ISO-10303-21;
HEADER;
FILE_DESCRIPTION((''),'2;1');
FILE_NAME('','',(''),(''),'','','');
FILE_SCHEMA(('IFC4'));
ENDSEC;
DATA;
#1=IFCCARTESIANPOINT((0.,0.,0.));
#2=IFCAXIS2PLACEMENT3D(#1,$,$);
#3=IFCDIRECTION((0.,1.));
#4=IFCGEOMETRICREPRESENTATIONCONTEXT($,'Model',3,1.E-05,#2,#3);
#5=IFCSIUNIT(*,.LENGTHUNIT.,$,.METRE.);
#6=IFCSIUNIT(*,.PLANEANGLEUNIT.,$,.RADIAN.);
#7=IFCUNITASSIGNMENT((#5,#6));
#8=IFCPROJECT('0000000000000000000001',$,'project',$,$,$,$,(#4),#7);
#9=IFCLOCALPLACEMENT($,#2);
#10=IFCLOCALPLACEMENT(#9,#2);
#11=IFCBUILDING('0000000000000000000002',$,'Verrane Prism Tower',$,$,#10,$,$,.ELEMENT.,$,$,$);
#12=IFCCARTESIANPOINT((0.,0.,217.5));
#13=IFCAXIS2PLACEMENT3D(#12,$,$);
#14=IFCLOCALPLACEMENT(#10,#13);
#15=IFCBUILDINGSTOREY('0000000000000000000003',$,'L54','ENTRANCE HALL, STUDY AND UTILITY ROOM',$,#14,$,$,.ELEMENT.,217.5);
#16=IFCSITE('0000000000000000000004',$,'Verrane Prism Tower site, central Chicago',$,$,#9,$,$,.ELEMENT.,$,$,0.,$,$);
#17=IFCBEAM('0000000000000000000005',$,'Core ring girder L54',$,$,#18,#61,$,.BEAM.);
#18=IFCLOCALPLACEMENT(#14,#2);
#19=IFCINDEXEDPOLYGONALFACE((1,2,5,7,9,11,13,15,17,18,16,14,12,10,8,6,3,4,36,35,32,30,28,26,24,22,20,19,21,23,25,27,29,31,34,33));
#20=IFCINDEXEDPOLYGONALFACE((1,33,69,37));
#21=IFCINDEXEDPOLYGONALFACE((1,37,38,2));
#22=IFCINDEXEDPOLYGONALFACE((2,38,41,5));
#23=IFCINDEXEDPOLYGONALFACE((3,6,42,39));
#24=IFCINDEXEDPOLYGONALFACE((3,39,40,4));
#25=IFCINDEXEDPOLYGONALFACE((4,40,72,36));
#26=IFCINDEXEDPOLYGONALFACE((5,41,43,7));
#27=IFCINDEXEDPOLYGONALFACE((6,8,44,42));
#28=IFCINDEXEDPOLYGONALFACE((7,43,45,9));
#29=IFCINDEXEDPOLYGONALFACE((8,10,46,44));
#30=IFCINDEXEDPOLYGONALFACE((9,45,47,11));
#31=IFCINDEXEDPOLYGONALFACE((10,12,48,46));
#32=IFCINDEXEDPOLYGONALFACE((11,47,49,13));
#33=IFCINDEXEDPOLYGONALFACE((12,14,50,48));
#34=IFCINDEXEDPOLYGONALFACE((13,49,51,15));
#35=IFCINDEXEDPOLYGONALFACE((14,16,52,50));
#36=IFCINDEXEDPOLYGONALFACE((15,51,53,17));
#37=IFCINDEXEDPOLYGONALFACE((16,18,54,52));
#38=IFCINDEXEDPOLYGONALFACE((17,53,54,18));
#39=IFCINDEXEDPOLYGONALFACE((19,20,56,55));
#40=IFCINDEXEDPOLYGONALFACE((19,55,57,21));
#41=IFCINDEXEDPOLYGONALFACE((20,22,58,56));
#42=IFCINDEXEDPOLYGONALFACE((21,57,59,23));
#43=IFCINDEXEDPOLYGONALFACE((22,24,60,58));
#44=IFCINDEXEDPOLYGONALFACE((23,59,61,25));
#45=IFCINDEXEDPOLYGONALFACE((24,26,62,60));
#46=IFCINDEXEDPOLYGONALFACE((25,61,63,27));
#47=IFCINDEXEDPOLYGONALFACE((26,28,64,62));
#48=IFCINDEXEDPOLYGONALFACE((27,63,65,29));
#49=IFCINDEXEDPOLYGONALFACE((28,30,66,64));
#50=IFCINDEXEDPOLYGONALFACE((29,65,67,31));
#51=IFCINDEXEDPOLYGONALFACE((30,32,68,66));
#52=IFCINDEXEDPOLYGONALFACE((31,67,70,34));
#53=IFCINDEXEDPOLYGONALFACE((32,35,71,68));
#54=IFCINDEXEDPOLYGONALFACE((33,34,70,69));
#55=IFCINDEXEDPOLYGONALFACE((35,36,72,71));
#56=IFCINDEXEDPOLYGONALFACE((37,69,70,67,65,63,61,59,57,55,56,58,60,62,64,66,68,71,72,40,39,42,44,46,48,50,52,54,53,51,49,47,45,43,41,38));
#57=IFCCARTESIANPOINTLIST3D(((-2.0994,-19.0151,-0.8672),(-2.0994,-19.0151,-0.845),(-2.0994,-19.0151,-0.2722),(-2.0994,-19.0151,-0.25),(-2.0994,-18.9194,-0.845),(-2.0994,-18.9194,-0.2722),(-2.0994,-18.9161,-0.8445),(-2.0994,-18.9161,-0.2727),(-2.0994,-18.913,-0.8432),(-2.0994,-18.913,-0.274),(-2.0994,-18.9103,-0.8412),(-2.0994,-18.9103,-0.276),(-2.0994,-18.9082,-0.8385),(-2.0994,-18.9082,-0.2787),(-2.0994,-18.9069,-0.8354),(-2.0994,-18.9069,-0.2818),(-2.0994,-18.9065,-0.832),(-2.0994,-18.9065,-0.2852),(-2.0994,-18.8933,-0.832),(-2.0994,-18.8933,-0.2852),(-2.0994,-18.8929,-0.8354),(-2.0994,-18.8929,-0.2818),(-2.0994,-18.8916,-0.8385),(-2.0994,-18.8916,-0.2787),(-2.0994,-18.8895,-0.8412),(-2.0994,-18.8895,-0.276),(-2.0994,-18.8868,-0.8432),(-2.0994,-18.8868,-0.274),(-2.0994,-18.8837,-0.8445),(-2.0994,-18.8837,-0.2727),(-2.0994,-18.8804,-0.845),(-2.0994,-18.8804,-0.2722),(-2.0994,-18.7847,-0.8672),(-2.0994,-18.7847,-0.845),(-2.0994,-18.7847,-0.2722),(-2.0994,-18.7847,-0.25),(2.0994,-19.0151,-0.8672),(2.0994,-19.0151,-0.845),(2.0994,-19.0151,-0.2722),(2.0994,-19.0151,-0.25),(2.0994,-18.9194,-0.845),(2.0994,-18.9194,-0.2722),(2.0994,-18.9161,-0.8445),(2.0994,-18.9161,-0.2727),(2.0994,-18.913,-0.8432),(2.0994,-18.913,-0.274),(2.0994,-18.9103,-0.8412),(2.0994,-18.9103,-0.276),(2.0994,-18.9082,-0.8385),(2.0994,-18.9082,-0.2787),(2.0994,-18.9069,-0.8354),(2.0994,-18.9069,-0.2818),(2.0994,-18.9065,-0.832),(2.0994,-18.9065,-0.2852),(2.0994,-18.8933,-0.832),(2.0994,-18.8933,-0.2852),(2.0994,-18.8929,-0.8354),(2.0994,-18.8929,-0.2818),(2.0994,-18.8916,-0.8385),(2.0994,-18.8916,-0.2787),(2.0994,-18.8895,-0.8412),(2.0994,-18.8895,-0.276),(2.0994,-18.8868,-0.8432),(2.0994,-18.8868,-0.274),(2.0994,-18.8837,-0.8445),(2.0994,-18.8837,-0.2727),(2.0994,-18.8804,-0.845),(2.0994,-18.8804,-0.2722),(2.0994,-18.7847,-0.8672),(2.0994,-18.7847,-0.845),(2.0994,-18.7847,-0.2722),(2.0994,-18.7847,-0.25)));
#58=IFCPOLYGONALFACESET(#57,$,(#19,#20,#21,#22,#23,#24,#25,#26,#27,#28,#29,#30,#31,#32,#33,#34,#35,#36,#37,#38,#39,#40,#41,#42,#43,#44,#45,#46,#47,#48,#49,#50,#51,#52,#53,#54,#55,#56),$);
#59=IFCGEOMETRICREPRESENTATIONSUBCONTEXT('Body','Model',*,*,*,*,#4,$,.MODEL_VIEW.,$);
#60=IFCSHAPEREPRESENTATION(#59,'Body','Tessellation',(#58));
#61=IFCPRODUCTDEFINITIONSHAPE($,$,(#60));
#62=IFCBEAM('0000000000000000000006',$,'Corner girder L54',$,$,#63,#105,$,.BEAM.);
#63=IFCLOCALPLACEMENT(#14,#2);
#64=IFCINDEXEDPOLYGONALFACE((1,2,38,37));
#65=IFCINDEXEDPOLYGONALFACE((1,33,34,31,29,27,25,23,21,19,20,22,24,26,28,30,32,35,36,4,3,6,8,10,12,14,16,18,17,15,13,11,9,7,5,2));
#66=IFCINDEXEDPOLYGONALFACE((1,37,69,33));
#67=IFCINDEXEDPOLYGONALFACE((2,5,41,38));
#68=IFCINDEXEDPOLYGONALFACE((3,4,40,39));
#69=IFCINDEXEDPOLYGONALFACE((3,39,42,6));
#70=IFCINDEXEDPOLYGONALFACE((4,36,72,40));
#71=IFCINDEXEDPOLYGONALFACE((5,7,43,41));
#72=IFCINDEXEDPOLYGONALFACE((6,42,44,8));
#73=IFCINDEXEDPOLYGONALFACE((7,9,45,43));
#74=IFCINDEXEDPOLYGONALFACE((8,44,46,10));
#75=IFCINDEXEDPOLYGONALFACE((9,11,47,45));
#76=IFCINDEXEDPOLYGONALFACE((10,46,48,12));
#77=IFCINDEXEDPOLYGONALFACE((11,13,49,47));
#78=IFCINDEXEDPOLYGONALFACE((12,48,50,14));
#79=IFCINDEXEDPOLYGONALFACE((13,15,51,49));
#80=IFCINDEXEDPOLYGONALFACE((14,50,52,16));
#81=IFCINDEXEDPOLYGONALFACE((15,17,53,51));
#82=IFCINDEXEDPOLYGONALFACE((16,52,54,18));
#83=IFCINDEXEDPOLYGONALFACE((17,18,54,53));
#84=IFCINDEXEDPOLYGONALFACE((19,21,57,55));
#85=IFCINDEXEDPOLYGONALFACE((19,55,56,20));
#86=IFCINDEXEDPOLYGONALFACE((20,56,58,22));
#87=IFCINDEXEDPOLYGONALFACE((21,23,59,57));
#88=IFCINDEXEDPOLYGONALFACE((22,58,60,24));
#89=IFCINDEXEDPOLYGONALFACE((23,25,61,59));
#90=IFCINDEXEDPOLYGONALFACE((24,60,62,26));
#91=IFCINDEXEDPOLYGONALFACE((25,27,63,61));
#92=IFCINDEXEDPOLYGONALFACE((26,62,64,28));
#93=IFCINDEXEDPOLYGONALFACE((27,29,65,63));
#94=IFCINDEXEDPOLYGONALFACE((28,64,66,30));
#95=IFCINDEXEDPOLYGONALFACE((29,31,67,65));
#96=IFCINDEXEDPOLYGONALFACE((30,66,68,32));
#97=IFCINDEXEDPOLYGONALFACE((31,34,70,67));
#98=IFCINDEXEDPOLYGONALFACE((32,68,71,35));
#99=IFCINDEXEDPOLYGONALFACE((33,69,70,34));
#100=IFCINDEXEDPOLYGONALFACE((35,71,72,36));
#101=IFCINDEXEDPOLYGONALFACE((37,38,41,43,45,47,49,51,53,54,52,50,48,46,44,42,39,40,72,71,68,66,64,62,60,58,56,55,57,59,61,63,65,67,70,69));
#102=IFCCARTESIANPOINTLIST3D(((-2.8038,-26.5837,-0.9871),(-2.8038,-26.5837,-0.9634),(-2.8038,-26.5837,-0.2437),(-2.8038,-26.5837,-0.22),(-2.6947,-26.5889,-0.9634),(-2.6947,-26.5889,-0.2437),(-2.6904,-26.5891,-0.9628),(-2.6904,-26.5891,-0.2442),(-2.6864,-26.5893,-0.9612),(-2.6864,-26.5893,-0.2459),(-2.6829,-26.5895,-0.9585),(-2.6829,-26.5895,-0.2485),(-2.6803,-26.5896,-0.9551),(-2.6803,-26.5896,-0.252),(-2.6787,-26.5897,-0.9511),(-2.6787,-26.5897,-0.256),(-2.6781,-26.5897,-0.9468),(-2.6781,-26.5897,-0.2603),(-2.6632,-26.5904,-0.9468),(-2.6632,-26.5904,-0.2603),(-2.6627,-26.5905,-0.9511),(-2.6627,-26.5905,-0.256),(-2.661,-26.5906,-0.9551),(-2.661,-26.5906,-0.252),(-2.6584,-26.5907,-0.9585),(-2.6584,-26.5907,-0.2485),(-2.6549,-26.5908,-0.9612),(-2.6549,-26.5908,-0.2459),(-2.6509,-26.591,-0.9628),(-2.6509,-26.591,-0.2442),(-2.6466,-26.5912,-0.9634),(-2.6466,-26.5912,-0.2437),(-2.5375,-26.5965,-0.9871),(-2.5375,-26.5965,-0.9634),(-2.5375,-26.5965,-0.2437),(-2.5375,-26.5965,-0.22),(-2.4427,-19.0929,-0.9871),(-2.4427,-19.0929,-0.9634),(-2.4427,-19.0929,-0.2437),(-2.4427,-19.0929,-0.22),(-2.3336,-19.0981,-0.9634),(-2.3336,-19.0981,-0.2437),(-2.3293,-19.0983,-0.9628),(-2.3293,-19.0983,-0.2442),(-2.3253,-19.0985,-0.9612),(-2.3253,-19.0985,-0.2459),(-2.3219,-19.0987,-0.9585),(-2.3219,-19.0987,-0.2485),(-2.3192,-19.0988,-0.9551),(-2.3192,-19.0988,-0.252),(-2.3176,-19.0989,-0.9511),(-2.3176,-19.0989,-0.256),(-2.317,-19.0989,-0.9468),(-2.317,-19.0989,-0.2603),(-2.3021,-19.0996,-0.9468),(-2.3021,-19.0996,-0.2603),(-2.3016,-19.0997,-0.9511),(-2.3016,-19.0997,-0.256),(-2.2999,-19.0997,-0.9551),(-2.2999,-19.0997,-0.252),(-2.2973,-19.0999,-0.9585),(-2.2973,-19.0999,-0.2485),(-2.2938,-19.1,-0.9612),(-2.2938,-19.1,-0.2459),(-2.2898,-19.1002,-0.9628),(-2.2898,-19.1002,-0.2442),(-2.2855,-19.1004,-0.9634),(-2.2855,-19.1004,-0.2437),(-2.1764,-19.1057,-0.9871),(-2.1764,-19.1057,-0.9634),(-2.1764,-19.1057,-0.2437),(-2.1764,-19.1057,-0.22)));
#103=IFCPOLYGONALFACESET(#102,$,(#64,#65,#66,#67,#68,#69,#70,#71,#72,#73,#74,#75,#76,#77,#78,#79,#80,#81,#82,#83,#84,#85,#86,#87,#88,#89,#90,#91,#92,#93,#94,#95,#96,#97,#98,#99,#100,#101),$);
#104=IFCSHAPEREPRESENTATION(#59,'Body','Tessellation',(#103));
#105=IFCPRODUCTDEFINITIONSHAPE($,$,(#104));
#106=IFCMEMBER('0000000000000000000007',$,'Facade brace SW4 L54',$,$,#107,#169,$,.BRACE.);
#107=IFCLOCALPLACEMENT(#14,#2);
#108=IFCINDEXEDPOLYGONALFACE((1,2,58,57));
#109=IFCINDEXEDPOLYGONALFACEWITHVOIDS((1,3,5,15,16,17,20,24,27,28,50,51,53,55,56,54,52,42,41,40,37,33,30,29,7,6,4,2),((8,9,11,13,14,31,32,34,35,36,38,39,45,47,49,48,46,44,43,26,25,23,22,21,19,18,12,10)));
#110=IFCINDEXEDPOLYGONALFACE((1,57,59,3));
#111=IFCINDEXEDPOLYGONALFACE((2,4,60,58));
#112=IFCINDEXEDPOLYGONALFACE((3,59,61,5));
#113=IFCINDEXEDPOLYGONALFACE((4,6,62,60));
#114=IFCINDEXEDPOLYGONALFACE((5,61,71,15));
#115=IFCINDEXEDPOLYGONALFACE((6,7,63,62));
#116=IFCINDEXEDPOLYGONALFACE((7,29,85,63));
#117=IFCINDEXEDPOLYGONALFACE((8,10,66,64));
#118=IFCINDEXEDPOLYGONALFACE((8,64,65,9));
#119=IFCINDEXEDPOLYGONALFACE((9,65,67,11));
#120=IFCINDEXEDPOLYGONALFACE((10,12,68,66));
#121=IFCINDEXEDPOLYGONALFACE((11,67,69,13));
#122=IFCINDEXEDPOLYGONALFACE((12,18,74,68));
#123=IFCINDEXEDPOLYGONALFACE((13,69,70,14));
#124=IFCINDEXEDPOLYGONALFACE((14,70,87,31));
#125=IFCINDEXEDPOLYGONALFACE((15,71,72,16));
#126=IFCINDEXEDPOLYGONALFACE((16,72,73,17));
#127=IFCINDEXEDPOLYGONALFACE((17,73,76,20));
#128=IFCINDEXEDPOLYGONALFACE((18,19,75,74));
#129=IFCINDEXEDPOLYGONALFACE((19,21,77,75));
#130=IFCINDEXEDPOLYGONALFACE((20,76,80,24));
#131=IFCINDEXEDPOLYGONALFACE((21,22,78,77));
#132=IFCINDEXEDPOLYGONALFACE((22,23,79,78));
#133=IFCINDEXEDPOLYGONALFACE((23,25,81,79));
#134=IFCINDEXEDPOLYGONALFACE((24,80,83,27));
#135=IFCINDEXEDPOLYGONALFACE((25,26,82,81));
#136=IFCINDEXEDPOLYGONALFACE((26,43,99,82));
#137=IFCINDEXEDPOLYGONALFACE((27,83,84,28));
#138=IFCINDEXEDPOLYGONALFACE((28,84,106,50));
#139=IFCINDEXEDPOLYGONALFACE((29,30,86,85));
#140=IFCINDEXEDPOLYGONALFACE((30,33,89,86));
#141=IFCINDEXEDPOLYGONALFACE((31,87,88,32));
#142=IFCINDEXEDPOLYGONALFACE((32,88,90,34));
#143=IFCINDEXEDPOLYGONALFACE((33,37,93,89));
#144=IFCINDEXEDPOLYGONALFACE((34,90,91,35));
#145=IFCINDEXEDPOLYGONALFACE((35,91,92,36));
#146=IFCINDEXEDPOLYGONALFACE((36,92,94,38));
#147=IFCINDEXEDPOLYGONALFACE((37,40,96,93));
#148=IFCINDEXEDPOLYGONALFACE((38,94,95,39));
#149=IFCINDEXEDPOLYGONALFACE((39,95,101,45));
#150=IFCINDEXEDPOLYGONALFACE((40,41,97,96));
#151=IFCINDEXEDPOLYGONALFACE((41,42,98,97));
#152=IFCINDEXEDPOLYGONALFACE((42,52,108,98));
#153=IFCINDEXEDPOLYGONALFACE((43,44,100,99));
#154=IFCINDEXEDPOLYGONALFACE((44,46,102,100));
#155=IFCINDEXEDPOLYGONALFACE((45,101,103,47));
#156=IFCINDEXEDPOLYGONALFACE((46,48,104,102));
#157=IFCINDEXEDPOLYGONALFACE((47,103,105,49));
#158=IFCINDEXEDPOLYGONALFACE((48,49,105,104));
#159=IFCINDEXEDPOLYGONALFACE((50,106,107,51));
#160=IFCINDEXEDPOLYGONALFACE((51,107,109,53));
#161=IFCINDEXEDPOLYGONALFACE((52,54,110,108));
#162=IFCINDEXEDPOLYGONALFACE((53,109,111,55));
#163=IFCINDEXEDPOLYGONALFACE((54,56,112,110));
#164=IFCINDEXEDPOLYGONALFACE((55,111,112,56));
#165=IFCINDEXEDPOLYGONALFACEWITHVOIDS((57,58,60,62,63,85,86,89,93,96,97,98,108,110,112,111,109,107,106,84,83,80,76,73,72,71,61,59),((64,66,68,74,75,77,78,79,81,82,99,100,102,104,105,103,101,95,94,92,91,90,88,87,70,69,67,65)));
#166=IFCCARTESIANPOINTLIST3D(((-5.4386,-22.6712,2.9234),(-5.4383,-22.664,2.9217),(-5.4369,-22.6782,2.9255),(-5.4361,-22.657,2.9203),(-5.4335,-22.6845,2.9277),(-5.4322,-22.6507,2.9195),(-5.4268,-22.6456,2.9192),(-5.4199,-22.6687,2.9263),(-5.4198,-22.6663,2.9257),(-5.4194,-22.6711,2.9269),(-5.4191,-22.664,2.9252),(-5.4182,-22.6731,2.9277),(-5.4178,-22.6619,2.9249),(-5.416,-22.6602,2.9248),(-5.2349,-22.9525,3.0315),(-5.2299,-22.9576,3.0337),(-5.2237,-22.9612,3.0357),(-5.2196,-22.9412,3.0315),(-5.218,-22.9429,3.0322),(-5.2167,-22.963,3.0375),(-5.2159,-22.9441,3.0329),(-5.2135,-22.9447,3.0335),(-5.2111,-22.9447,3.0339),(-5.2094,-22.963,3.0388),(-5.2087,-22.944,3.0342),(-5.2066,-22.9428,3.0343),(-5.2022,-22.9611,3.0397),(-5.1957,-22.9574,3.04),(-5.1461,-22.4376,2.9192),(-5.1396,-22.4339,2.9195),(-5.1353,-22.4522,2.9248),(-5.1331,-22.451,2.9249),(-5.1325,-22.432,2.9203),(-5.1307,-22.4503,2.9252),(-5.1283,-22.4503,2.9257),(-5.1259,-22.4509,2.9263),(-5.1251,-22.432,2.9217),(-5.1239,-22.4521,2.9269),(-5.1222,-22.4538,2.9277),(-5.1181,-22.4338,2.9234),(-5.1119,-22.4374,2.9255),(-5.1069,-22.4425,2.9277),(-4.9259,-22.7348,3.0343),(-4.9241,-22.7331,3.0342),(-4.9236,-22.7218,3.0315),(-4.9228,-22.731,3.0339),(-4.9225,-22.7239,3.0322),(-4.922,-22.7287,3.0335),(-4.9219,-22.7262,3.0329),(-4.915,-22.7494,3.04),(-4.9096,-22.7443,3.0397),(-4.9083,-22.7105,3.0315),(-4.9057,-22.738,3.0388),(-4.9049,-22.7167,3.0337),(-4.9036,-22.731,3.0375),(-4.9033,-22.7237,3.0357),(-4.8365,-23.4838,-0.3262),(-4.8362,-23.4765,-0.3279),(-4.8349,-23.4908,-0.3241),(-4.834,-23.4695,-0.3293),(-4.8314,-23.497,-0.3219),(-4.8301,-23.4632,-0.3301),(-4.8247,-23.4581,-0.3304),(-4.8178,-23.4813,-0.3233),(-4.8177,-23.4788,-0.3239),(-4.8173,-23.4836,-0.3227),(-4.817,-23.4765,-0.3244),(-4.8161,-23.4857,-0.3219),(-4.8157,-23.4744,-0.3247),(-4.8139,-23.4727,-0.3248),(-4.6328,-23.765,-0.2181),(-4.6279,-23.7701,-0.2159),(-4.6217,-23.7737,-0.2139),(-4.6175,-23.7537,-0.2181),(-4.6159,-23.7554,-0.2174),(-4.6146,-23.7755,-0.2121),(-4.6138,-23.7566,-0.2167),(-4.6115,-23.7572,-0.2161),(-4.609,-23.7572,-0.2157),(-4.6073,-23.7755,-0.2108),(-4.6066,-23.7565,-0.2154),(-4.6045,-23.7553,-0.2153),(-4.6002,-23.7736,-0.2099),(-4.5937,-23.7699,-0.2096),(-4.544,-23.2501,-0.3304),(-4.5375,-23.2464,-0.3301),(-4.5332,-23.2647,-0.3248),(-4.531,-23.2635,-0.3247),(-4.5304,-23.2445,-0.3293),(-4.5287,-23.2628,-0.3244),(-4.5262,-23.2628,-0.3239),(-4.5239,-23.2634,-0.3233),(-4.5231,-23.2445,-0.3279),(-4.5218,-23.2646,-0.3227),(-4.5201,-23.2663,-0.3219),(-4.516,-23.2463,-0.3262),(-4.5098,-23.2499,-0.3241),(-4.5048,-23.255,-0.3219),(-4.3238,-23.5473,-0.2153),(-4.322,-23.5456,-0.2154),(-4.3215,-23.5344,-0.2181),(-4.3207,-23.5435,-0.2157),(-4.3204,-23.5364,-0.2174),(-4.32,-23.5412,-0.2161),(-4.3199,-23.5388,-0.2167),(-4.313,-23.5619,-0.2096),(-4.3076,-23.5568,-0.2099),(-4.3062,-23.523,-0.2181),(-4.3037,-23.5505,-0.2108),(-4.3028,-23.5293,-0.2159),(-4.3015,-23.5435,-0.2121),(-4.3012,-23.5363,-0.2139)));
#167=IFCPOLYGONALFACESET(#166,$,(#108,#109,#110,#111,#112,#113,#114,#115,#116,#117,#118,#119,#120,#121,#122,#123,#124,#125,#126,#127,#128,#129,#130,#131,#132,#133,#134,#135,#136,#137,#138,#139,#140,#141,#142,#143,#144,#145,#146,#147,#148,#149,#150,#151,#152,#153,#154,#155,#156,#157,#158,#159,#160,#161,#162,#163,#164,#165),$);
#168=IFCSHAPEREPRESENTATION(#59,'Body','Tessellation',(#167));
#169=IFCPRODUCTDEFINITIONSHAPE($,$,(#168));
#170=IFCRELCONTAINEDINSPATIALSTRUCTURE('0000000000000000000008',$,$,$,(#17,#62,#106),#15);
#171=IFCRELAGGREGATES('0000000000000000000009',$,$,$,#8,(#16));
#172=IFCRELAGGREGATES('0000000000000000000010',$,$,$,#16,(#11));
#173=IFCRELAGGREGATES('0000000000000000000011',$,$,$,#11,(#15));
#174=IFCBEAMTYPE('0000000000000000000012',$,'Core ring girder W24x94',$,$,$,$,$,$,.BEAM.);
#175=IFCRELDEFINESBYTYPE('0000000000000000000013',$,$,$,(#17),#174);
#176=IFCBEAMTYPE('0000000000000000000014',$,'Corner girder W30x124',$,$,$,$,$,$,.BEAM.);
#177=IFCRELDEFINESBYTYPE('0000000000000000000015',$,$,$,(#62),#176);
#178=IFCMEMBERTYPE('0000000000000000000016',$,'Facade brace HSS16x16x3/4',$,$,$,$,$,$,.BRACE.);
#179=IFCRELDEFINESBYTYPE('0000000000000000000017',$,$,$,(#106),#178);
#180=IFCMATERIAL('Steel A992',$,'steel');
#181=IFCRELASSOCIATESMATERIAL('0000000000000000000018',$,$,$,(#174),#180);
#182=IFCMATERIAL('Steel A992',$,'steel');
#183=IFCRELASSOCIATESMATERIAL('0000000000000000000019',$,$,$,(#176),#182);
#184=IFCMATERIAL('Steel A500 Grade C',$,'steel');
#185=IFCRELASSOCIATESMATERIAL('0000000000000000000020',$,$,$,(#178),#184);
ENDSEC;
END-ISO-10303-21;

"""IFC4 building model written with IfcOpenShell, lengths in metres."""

from ifc_helpers import new_model, si_unit, direction, frame, origin, origin_2d, place, context, subcontext, project, spatial, hollow_rectangle, i_section, extrude, material, material_profile, profile_set, type_object, element, save


model = new_model("IFC4")

# Units and contexts
model_context = context("Model", 3, precision=1e-05, world=origin(), true_north=direction((0.0, 1.0)))
body_context = subcontext(model_context, "Body", "Model", "MODEL_VIEW")
ifc_project = project(units=[si_unit("LENGTHUNIT", "METRE"), si_unit("PLANEANGLEUNIT", "RADIAN")], contexts=[model_context])

# Site, building, storey
site_placement = place(None, origin())
site = spatial("IfcSite", under=ifc_project, at=site_placement, Name="Verrane Prism Tower site, central Chicago", CompositionType="ELEMENT", RefElevation=0.0)
building_placement = place(site_placement, origin())
building = spatial("IfcBuilding", under=site, at=building_placement, Name="Verrane Prism Tower", CompositionType="ELEMENT")
storey_placement = place(building_placement, frame((0.0, 0.0, 217.5)))
storey = spatial("IfcBuildingStorey", under=building, at=storey_placement, Name="L54", Description="ENTRANCE HALL, STUDY AND UTILITY ROOM", CompositionType="ELEMENT", Elevation=217.5)

# Beams
ifc_material_1 = material(Name="Steel A992", Category="steel")
ifc_material_profile_1 = material_profile(ifc_material_1, i_section(OverallWidth=0.2305, OverallDepth=0.6172, WebThickness=0.0132, FlangeThickness=0.0222, FilletRadius=0.0129, at=origin_2d()), Name="W24x94")
ifc_profile_set_1 = profile_set([ifc_material_profile_1], Name="Steel A992")
beam_type_1 = type_object("IfcBeamType", Name="Core ring girder W24x94", PredefinedType="BEAM", material=ifc_profile_set_1)
beam_1_placement = place(storey_placement, frame((-2.0994, -18.8999, -0.5586), z_axis=(1.0, 0.0, 0.0), x_axis=(0.0, 1.0, 0.0)))
element("IfcBeam", 1, at=beam_1_placement, inside=storey, type_object=beam_type_1, Name="Core ring girder L54", PredefinedType="BEAM", context=body_context, shape_type="SweptSolid", body=[
    extrude(i_section(OverallWidth=0.2305, OverallDepth=0.6172, WebThickness=0.0132, FlangeThickness=0.0222, FilletRadius=0.0129, at=origin_2d()), origin(), (0.0, 0.0, 1.0), 4.1987),
])
ifc_material_2 = material(Name="Steel A992", Category="steel")
ifc_material_profile_2 = material_profile(ifc_material_2, i_section(OverallWidth=0.2666, OverallDepth=0.7671, WebThickness=0.0149, FlangeThickness=0.0237, FilletRadius=0.0166, at=origin_2d()), Name="W30x124")
ifc_profile_set_2 = profile_set([ifc_material_profile_2], Name="Steel A992")
beam_type_2 = type_object("IfcBeamType", Name="Corner girder W30x124", PredefinedType="BEAM", material=ifc_profile_set_2)
beam_2_placement = place(storey_placement, frame((-2.6707, -26.5901, -0.6035), z_axis=(0.048148, 0.99884, 0.0), x_axis=(-0.99884, 0.048148, 0.0)))
element("IfcBeam", 2, at=beam_2_placement, inside=storey, type_object=beam_type_2, Name="Corner girder L54", PredefinedType="BEAM", context=body_context, shape_type="SweptSolid", body=[
    extrude(i_section(OverallWidth=0.2666, OverallDepth=0.7671, WebThickness=0.0149, FlangeThickness=0.0237, FilletRadius=0.0166, at=origin_2d()), origin(), (0.0, 0.0, 1.0), 7.4995),
])

# Member
ifc_material_3 = material(Name="Steel A500 Grade C", Category="steel")
ifc_material_profile_3 = material_profile(ifc_material_3, hollow_rectangle(XDim=0.4065, YDim=0.4065, WallThickness=0.019, InnerFilletRadius=0.0095, OuterFilletRadius=0.0286, at=origin_2d()), Name="HSS16x16x3/4")
ifc_profile_set_3 = profile_set([ifc_material_profile_3], Name="Steel A500 Grade C")
member_type_1 = type_object("IfcMemberType", Name="Facade brace HSS16x16x3/4", PredefinedType="BRACE", material=ifc_profile_set_3)
member_1_placement = place(storey_placement, frame((-4.5688, -23.51, -0.27), z_axis=(-0.176906, 0.238744, 0.954833), x_axis=(-0.803463, -0.595355, 0.0)))
element("IfcMember", 3, at=member_1_placement, inside=storey, type_object=member_type_1, Name="Facade brace SW4 L54", PredefinedType="BRACE", context=body_context, shape_type="SweptSolid", body=[
    extrude(hollow_rectangle(XDim=0.4065, YDim=0.4065, WallThickness=0.019, InnerFilletRadius=0.0095, OuterFilletRadius=0.0286, at=origin_2d()), origin(), (0.0, 0.0, 1.0), 3.4033),
])

save(model, "model.ifc")
